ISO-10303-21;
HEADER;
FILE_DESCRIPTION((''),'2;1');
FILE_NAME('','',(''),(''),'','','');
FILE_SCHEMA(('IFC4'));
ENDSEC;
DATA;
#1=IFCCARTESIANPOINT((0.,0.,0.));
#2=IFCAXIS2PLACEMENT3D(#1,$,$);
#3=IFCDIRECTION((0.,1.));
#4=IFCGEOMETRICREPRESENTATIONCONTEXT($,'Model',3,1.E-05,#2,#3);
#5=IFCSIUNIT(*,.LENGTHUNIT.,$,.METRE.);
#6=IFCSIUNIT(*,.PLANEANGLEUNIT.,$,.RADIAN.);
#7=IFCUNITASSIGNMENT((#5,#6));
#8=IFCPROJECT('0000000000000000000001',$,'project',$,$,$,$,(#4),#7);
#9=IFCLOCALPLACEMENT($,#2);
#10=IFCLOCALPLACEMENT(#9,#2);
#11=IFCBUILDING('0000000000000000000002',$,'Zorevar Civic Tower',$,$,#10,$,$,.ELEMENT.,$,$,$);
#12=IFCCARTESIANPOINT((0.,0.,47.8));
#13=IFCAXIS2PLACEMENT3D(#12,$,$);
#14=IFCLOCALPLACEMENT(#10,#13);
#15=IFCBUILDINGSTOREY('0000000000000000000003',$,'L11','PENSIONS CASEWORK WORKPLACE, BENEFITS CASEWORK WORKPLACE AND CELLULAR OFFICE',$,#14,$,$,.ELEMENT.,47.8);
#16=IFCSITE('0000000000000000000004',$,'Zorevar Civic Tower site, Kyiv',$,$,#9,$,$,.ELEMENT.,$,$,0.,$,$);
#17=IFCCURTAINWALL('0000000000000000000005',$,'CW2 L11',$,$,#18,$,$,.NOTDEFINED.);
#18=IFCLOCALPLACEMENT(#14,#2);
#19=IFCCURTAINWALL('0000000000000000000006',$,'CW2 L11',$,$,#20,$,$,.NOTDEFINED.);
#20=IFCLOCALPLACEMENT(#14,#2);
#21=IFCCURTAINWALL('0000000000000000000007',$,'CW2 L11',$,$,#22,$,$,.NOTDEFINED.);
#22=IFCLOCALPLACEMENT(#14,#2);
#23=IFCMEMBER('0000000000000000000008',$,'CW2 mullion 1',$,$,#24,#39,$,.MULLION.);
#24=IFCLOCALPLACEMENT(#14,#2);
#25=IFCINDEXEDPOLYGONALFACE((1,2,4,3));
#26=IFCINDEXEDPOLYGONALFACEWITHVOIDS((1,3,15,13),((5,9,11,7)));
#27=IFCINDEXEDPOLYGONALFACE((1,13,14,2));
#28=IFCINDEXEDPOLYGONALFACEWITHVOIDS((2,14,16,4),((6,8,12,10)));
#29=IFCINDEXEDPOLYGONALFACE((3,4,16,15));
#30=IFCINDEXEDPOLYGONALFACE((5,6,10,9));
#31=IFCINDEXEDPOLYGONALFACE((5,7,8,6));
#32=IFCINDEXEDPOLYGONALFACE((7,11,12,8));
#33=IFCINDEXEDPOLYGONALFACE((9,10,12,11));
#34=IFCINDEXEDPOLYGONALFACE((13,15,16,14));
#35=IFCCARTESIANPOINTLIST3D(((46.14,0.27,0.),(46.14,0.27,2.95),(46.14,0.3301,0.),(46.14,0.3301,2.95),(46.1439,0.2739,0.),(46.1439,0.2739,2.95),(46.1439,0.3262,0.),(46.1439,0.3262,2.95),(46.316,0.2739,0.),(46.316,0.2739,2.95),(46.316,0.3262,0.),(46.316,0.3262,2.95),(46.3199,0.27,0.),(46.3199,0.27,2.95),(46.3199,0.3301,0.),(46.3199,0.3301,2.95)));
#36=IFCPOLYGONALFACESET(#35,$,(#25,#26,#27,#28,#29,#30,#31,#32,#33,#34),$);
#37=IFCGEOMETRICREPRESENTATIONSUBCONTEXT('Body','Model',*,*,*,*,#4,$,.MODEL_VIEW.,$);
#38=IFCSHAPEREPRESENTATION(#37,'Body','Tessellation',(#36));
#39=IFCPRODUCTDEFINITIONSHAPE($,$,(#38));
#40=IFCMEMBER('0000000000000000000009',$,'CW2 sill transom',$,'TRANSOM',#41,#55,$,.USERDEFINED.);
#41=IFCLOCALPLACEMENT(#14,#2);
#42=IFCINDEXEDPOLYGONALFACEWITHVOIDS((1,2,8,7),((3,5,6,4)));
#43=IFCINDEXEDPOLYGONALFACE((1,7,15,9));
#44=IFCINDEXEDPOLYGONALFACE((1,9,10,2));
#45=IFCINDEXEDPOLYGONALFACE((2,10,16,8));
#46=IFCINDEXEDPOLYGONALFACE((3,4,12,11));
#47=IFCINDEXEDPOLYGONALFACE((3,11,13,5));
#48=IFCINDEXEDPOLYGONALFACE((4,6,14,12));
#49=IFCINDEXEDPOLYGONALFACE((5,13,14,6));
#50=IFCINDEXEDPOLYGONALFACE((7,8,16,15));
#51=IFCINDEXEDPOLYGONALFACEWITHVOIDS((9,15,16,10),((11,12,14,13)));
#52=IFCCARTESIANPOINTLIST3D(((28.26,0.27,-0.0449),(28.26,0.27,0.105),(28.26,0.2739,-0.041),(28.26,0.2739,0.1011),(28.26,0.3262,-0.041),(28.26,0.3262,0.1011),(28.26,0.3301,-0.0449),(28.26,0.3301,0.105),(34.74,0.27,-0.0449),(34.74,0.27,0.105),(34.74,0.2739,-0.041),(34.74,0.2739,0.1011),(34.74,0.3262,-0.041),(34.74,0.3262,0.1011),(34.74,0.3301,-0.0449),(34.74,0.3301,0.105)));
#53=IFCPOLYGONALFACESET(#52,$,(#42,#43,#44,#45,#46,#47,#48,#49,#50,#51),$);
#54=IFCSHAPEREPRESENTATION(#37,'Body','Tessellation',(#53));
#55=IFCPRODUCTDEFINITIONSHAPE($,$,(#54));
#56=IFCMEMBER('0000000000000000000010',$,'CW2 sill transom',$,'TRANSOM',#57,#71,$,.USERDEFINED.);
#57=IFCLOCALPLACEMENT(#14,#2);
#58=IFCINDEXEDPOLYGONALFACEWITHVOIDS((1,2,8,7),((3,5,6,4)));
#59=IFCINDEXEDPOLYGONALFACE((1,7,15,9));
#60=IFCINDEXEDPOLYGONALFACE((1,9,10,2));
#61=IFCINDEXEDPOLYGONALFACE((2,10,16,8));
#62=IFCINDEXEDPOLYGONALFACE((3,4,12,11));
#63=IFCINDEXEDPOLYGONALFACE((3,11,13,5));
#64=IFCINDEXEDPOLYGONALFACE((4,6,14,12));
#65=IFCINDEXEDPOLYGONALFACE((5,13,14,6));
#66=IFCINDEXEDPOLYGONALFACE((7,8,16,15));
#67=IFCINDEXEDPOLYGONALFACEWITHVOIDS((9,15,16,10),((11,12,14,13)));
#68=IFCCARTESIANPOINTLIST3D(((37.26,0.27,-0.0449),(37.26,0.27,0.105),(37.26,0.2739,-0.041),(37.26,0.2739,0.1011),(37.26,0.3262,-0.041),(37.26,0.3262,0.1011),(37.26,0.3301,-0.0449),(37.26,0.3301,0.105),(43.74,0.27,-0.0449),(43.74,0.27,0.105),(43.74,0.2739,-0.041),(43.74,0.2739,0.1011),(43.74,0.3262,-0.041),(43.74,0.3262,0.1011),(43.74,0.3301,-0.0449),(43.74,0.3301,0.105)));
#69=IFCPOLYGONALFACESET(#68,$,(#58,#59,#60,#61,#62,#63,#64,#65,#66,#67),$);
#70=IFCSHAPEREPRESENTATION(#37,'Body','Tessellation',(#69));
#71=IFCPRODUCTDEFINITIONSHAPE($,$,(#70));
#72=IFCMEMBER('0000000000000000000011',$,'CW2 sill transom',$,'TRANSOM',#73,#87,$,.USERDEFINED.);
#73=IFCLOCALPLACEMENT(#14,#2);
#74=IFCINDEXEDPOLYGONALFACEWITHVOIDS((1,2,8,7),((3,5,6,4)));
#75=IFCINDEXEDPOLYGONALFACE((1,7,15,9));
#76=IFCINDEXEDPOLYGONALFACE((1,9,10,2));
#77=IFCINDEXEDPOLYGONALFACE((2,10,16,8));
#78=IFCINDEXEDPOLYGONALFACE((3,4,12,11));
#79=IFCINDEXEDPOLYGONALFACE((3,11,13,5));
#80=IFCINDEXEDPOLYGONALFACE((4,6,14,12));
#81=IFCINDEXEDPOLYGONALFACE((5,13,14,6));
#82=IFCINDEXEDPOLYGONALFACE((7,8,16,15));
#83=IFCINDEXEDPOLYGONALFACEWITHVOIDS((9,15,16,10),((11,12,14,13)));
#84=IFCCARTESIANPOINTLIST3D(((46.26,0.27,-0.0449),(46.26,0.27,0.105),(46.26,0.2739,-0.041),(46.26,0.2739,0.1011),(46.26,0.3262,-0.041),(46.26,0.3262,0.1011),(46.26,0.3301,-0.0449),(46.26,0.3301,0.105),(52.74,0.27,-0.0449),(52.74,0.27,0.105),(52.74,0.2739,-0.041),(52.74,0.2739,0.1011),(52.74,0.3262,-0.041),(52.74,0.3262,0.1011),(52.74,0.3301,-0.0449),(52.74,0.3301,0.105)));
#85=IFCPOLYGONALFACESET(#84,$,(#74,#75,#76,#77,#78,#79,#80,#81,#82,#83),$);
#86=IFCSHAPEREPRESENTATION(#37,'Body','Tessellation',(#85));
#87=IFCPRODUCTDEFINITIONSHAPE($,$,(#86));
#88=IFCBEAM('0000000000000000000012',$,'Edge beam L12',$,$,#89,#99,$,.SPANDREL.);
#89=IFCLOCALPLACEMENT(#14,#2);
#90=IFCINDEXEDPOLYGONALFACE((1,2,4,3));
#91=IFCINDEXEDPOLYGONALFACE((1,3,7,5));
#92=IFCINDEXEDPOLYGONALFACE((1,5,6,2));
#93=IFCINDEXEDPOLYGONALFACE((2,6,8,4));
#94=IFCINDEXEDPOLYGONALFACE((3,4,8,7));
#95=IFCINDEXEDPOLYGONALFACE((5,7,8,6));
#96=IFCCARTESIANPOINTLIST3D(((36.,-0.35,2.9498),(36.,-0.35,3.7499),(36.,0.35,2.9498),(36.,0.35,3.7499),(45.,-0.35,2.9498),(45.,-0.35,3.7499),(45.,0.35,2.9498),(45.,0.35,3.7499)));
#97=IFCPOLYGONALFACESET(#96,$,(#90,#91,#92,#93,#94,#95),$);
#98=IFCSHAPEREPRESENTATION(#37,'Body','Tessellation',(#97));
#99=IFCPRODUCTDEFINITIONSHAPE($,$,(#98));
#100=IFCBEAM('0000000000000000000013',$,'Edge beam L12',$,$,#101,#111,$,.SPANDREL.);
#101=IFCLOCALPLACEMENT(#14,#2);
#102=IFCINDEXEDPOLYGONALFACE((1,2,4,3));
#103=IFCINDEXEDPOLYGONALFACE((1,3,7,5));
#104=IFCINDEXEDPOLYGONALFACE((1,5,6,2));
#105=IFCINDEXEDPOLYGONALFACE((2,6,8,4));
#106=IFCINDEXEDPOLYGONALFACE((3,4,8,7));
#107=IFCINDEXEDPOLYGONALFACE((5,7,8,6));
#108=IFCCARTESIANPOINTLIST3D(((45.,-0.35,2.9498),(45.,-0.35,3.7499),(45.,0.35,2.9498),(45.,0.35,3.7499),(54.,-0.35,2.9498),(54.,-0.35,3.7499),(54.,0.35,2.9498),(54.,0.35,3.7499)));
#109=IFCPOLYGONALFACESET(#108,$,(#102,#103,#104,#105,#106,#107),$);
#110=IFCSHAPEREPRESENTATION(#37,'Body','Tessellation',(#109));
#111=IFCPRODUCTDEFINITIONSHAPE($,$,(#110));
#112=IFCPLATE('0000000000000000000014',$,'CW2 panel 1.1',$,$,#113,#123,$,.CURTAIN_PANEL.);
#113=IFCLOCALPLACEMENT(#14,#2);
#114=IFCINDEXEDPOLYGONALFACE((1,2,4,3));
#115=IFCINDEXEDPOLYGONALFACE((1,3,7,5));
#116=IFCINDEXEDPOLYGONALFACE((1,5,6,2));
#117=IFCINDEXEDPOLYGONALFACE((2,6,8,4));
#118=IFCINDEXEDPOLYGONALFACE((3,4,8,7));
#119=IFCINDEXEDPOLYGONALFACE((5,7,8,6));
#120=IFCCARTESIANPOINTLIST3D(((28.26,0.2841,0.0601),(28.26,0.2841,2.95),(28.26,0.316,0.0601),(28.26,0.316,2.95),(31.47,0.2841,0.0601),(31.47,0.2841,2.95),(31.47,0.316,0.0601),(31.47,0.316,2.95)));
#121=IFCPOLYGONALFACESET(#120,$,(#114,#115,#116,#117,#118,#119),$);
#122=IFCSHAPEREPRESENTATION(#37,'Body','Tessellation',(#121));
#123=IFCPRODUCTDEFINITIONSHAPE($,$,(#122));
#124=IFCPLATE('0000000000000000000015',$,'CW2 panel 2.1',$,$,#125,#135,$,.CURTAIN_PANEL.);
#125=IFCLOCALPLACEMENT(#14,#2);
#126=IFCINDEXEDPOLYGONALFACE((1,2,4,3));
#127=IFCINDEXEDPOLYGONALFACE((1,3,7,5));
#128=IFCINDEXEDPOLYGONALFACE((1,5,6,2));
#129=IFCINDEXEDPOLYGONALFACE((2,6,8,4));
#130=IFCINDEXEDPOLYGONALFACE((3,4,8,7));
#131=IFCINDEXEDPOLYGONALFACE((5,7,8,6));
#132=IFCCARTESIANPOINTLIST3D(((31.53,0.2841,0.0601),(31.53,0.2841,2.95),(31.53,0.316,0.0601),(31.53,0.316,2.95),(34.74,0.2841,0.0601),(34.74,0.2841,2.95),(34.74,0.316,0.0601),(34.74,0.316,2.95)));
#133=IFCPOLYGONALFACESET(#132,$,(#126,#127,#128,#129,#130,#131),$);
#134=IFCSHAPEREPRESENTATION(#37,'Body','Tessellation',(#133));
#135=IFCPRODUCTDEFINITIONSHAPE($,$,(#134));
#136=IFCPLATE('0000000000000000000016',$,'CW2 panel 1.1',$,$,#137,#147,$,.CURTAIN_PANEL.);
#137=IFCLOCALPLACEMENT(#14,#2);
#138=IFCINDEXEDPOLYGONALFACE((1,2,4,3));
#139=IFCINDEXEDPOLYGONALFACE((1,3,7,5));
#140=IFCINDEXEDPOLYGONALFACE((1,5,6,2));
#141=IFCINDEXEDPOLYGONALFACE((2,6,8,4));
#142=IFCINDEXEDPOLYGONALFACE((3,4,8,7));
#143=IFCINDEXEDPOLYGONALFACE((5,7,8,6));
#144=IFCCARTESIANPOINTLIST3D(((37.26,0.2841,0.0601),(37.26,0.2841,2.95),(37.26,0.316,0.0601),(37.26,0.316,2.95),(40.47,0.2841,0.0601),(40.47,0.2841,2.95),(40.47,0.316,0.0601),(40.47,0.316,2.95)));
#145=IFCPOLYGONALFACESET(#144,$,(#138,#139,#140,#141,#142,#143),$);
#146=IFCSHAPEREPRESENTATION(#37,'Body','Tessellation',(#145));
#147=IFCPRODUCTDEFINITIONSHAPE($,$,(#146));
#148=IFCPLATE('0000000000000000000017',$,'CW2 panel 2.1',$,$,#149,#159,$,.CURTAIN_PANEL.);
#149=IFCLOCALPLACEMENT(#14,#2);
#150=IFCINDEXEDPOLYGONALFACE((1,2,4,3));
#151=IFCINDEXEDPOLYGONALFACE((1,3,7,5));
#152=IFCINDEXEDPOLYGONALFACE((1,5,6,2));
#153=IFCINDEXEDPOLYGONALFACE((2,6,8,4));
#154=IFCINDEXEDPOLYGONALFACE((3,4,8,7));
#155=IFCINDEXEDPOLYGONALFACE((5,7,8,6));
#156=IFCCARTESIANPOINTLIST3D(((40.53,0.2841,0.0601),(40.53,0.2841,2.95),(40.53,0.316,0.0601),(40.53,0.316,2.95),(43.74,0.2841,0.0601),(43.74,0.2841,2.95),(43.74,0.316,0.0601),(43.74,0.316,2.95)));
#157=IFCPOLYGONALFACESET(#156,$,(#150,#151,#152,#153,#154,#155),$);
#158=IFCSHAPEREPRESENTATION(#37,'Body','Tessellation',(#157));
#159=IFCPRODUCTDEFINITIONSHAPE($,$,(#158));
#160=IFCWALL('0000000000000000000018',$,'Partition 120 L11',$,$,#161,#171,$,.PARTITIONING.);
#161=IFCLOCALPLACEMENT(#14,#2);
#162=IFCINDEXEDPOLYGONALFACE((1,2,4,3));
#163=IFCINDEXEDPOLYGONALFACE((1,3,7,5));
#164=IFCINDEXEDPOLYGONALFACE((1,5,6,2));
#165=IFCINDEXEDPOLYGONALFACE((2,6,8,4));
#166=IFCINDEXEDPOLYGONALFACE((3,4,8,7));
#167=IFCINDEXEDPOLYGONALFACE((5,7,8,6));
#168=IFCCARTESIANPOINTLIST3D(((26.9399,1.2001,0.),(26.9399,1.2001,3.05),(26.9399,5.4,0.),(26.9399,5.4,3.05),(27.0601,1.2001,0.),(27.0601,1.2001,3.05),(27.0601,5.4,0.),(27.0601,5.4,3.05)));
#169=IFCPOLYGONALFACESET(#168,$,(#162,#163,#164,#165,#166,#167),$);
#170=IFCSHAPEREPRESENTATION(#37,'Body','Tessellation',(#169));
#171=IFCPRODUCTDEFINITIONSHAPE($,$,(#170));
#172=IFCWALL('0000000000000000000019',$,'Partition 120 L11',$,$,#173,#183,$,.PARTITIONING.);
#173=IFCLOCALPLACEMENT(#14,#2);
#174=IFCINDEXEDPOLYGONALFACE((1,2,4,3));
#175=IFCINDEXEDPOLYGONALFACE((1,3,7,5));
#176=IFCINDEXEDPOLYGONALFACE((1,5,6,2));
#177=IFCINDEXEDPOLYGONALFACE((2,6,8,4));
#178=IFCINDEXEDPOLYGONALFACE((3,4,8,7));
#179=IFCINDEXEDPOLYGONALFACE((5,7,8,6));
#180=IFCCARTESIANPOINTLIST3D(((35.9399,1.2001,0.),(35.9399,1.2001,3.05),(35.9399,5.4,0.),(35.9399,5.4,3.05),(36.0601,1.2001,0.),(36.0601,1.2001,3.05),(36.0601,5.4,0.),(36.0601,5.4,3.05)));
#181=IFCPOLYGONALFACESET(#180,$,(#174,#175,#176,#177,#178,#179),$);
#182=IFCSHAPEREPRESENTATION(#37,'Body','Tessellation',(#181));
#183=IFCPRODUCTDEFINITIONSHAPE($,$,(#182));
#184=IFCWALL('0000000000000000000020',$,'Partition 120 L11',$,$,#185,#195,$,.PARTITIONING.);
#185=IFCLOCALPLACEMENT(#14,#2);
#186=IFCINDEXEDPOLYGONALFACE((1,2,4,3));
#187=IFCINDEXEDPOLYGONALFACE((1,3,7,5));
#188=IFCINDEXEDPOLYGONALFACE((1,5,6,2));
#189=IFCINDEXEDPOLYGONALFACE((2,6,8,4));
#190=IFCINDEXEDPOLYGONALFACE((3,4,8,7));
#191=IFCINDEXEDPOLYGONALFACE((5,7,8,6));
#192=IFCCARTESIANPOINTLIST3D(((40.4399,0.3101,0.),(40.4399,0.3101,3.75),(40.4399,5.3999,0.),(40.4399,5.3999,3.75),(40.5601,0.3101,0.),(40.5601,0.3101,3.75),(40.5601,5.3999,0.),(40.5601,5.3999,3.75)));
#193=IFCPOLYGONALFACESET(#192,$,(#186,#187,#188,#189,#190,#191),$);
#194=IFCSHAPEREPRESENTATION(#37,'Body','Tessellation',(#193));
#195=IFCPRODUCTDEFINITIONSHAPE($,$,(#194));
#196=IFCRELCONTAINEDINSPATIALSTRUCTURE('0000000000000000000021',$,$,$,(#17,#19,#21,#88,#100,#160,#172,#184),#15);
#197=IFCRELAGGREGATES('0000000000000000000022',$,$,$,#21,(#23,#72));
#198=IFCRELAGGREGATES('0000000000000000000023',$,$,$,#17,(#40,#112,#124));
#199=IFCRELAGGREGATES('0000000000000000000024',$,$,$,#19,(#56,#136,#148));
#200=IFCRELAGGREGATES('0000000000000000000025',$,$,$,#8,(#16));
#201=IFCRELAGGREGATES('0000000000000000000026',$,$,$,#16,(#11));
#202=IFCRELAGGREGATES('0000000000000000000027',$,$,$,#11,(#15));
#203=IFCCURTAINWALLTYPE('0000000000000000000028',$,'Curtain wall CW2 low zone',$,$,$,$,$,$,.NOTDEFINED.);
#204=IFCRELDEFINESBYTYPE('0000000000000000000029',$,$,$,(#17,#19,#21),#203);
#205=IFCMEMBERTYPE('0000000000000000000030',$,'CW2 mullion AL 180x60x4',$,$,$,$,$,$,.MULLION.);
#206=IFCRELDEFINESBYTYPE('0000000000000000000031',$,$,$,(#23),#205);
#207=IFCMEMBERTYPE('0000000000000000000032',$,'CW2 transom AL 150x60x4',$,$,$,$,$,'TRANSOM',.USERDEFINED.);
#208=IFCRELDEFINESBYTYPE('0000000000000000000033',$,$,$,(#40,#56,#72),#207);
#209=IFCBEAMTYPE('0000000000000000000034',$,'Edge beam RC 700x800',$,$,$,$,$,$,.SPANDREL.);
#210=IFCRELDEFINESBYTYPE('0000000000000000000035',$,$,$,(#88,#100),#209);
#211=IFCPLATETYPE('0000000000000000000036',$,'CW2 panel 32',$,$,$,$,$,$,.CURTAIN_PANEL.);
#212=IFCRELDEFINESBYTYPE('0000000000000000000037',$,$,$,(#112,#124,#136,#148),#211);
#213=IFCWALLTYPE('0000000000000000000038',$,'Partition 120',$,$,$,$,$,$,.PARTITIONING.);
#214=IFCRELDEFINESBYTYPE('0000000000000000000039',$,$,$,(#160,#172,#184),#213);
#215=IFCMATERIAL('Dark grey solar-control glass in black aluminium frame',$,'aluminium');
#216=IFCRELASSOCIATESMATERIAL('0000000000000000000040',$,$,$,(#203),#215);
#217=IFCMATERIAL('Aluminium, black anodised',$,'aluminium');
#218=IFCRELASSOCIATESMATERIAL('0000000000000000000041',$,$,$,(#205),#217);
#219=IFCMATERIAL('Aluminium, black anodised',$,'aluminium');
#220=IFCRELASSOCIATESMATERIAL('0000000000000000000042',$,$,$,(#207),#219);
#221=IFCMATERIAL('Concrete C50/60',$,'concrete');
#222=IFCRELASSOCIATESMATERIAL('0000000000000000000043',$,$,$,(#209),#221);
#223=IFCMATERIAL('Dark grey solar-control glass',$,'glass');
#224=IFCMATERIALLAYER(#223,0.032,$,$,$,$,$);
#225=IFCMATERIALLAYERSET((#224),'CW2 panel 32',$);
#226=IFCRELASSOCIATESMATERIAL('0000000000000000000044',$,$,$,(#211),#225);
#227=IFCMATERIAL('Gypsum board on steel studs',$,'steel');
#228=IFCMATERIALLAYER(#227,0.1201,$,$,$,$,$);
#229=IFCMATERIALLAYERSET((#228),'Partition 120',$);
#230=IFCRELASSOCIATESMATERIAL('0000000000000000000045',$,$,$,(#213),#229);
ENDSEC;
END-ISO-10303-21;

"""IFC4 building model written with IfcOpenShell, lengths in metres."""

from ifc_helpers import new_model, si_unit, direction, frame, frame_2d, origin, origin_2d, place, context, subcontext, project, spatial, rectangle, hollow_rectangle, extrude, material, layer, layer_set, material_profile, profile_set, type_object, element, aggregate, save


model = new_model("IFC4")

# Units and contexts
model_context = context("Model", 3, precision=1e-05, world=origin(), true_north=direction((0.0, 1.0)))
body_context = subcontext(model_context, "Body", "Model", "MODEL_VIEW")
ifc_project = project(units=[si_unit("LENGTHUNIT", "METRE"), si_unit("PLANEANGLEUNIT", "RADIAN")], contexts=[model_context])

# Site, building, storey
site_placement = place(None, origin())
site = spatial("IfcSite", under=ifc_project, at=site_placement, Name="Zorevar Civic Tower site, Kyiv", CompositionType="ELEMENT", RefElevation=0.0)
building_placement = place(site_placement, origin())
building = spatial("IfcBuilding", under=site, at=building_placement, Name="Zorevar Civic Tower", CompositionType="ELEMENT")
storey_placement = place(building_placement, frame((0.0, 0.0, 47.8)))
storey = spatial("IfcBuildingStorey", under=building, at=storey_placement, Name="L11", Description="PENSIONS CASEWORK WORKPLACE, BENEFITS CASEWORK WORKPLACE AND CELLULAR OFFICE", CompositionType="ELEMENT", Elevation=47.8)

# Curtain walls
ifc_material_1 = material(Name="Dark grey solar-control glass in black aluminium frame", Category="aluminium")
curtain_wall_type = type_object("IfcCurtainWallType", Name="Curtain wall CW2 low zone", PredefinedType="NOTDEFINED", material=ifc_material_1)
curtain_wall_1_placement = place(storey_placement, origin())
curtain_wall_1 = element("IfcCurtainWall", 1, at=curtain_wall_1_placement, inside=storey, type_object=curtain_wall_type, Name="CW2 L11", PredefinedType="NOTDEFINED")
ifc_material_2 = material(Name="Aluminium, black anodised", Category="aluminium")
ifc_material_profile_1 = material_profile(ifc_material_2, hollow_rectangle(XDim=0.0601, YDim=0.1799, WallThickness=0.0039, at=origin_2d()), Name="AL 180x60x4")
ifc_profile_set_1 = profile_set([ifc_material_profile_1], Name="Aluminium, black anodised")
member_type_1 = type_object("IfcMemberType", Name="CW2 mullion AL 180x60x4", PredefinedType="MULLION", material=ifc_profile_set_1)
curtain_wall_2_placement = place(storey_placement, origin())
curtain_wall_2 = element("IfcCurtainWall", 2, at=curtain_wall_2_placement, inside=storey, type_object=curtain_wall_type, Name="CW2 L11", PredefinedType="NOTDEFINED")

# Curtain wall, member
curtain_wall_3_placement = place(storey_placement, origin())
curtain_wall_3 = element("IfcCurtainWall", 3, at=curtain_wall_3_placement, inside=storey, type_object=curtain_wall_type, Name="CW2 L11", PredefinedType="NOTDEFINED")
member_1_placement = place(storey_placement, frame((46.23, 0.3, 0.0), z_axis=(0.0, 0.0, 1.0), x_axis=(0.0, 1.0, 0.0)))
member_1 = element("IfcMember", 4, at=member_1_placement, type_object=member_type_1, Name="CW2 mullion 1", PredefinedType="MULLION", context=body_context, shape_type="SweptSolid", body=[
    extrude(hollow_rectangle(XDim=0.0601, YDim=0.1799, WallThickness=0.0039, at=origin_2d()), origin(), (0.0, 0.0, 1.0), 2.95),
])

# Members
ifc_material_3 = material(Name="Aluminium, black anodised", Category="aluminium")
ifc_material_profile_2 = material_profile(ifc_material_3, hollow_rectangle(XDim=0.0601, YDim=0.1499, WallThickness=0.0039, at=origin_2d()), Name="AL 150x60x4")
ifc_profile_set_2 = profile_set([ifc_material_profile_2], Name="Aluminium, black anodised")
member_type_2 = type_object("IfcMemberType", Name="CW2 transom AL 150x60x4", ElementType="TRANSOM", PredefinedType="USERDEFINED", material=ifc_profile_set_2)
member_2_placement = place(storey_placement, frame((28.26, 0.3, 0.03), z_axis=(1.0, 0.0, 0.0), x_axis=(0.0, 1.0, 0.0)))
member_2 = element("IfcMember", 5, at=member_2_placement, type_object=member_type_2, Name="CW2 sill transom", ObjectType="TRANSOM", PredefinedType="USERDEFINED", context=body_context, shape_type="SweptSolid", body=[
    extrude(hollow_rectangle(XDim=0.0601, YDim=0.1499, WallThickness=0.0039, at=origin_2d()), origin(), (0.0, 0.0, 1.0), 6.48),
])
member_3_placement = place(storey_placement, frame((37.26, 0.3, 0.03), z_axis=(1.0, 0.0, 0.0), x_axis=(0.0, 1.0, 0.0)))
member_3 = element("IfcMember", 6, at=member_3_placement, type_object=member_type_2, Name="CW2 sill transom", ObjectType="TRANSOM", PredefinedType="USERDEFINED", context=body_context, shape_type="SweptSolid", body=[
    extrude(hollow_rectangle(XDim=0.0601, YDim=0.1499, WallThickness=0.0039, at=origin_2d()), origin(), (0.0, 0.0, 1.0), 6.48),
])
member_4_placement = place(storey_placement, frame((46.26, 0.3, 0.03), z_axis=(1.0, 0.0, 0.0), x_axis=(0.0, 1.0, 0.0)))
member_4 = element("IfcMember", 7, at=member_4_placement, type_object=member_type_2, Name="CW2 sill transom", ObjectType="TRANSOM", PredefinedType="USERDEFINED", context=body_context, shape_type="SweptSolid", body=[
    extrude(hollow_rectangle(XDim=0.0601, YDim=0.1499, WallThickness=0.0039, at=origin_2d()), origin(), (0.0, 0.0, 1.0), 6.48),
])
aggregate(curtain_wall_3, [member_1, member_4])

# Beams
ifc_material_4 = material(Name="Concrete C50/60", Category="concrete")
ifc_material_profile_3 = material_profile(ifc_material_4, rectangle(XDim=0.7, YDim=0.8, at=origin_2d()), Name="RC 700x800")
ifc_profile_set_3 = profile_set([ifc_material_profile_3], Name="Concrete C50/60")
beam_type_1 = type_object("IfcBeamType", Name="Edge beam RC 700x800", PredefinedType="SPANDREL", material=ifc_profile_set_3)
for number, where, z_axis, x_axis, name in (
    (8, (36.0, 0.0, 3.3499), (1.0, 0.0, 0.0), (0.0, 1.0, 0.0), "Edge beam L12"),
    (9, (45.0, 0.0, 3.3499), (1.0, 0.0, 0.0), (0.0, 1.0, 0.0), "Edge beam L12"),
):
    element("IfcBeam", number, at=place(storey_placement, frame(where, z_axis=z_axis, x_axis=x_axis)), inside=storey, type_object=beam_type_1, Name=name, PredefinedType="SPANDREL", context=body_context, shape_type="SweptSolid", body=[
        extrude(rectangle(XDim=0.7, YDim=0.8, at=origin_2d()), origin(), (0.0, 0.0, 1.0), 9.0),
    ])

# Plates
ifc_material_5 = material(Name="Dark grey solar-control glass", Category="glass")
ifc_layer_1 = layer(ifc_material_5, 0.032)
ifc_layer_set_1 = layer_set([ifc_layer_1], Name="CW2 panel 32")
plate_type = type_object("IfcPlateType", Name="CW2 panel 32", PredefinedType="CURTAIN_PANEL", material=ifc_layer_set_1)
plate_1_placement = place(storey_placement, frame((29.865, 0.3, 0.0601), z_axis=(0.0, 0.0, 1.0), x_axis=(1.0, 0.0, 0.0)))
plate_1 = element("IfcPlate", 10, at=plate_1_placement, type_object=plate_type, Name="CW2 panel 1.1", PredefinedType="CURTAIN_PANEL", context=body_context, shape_type="SweptSolid", body=[
    extrude(rectangle(XDim=3.21, YDim=0.032, at=origin_2d()), origin(), (0.0, 0.0, 1.0), 2.8899),
])
plate_2_placement = place(storey_placement, frame((33.135, 0.3, 0.0601), z_axis=(0.0, 0.0, 1.0), x_axis=(1.0, 0.0, 0.0)))
plate_2 = element("IfcPlate", 11, at=plate_2_placement, type_object=plate_type, Name="CW2 panel 2.1", PredefinedType="CURTAIN_PANEL", context=body_context, shape_type="SweptSolid", body=[
    extrude(rectangle(XDim=3.21, YDim=0.032, at=origin_2d()), origin(), (0.0, 0.0, 1.0), 2.8899),
])
aggregate(curtain_wall_1, [member_2, plate_1, plate_2])
plate_3_placement = place(storey_placement, frame((38.865, 0.3, 0.0601), z_axis=(0.0, 0.0, 1.0), x_axis=(1.0, 0.0, 0.0)))
plate_3 = element("IfcPlate", 12, at=plate_3_placement, type_object=plate_type, Name="CW2 panel 1.1", PredefinedType="CURTAIN_PANEL", context=body_context, shape_type="SweptSolid", body=[
    extrude(rectangle(XDim=3.21, YDim=0.032, at=origin_2d()), origin(), (0.0, 0.0, 1.0), 2.8899),
])
plate_4_placement = place(storey_placement, frame((42.135, 0.3, 0.0601), z_axis=(0.0, 0.0, 1.0), x_axis=(1.0, 0.0, 0.0)))
plate_4 = element("IfcPlate", 13, at=plate_4_placement, type_object=plate_type, Name="CW2 panel 2.1", PredefinedType="CURTAIN_PANEL", context=body_context, shape_type="SweptSolid", body=[
    extrude(rectangle(XDim=3.21, YDim=0.032, at=origin_2d()), origin(), (0.0, 0.0, 1.0), 2.8899),
])
aggregate(curtain_wall_2, [member_3, plate_3, plate_4])

# Walls
ifc_material_6 = material(Name="Gypsum board on steel studs", Category="steel")
ifc_layer_2 = layer(ifc_material_6, 0.1201)
ifc_layer_set_2 = layer_set([ifc_layer_2], Name="Partition 120")
wall_type = type_object("IfcWallType", Name="Partition 120", PredefinedType="PARTITIONING", material=ifc_layer_set_2)
for number, where, z_axis, x_axis, name in (
    (14, (27.0, 1.2, 0.0), (0.0, 0.0, 1.0), (0.0, 1.0, 0.0), "Partition 120 L11"),
    (15, (36.0, 1.2, 0.0), (0.0, 0.0, 1.0), (0.0, 1.0, 0.0), "Partition 120 L11"),
):
    element("IfcWall", number, at=place(storey_placement, frame(where, z_axis=z_axis, x_axis=x_axis)), inside=storey, type_object=wall_type, Name=name, PredefinedType="PARTITIONING", context=body_context, shape_type="SweptSolid", body=[
        extrude(rectangle(XDim=4.2, YDim=0.1201, at=frame_2d((2.1001, 0.0))), origin(), (0.0, 0.0, 1.0), 3.05),
    ])
wall_1_placement = place(storey_placement, frame((40.5, 0.3101, 0.0), z_axis=(0.0, 0.0, 1.0), x_axis=(0.0, 1.0, 0.0)))
element("IfcWall", 16, at=wall_1_placement, inside=storey, type_object=wall_type, Name="Partition 120 L11", PredefinedType="PARTITIONING", context=body_context, shape_type="SweptSolid", body=[
    extrude(rectangle(XDim=5.0898, YDim=0.1201, at=frame_2d((2.5449, 0.0))), origin(), (0.0, 0.0, 1.0), 3.75),
])

save(model, "model.ifc")
